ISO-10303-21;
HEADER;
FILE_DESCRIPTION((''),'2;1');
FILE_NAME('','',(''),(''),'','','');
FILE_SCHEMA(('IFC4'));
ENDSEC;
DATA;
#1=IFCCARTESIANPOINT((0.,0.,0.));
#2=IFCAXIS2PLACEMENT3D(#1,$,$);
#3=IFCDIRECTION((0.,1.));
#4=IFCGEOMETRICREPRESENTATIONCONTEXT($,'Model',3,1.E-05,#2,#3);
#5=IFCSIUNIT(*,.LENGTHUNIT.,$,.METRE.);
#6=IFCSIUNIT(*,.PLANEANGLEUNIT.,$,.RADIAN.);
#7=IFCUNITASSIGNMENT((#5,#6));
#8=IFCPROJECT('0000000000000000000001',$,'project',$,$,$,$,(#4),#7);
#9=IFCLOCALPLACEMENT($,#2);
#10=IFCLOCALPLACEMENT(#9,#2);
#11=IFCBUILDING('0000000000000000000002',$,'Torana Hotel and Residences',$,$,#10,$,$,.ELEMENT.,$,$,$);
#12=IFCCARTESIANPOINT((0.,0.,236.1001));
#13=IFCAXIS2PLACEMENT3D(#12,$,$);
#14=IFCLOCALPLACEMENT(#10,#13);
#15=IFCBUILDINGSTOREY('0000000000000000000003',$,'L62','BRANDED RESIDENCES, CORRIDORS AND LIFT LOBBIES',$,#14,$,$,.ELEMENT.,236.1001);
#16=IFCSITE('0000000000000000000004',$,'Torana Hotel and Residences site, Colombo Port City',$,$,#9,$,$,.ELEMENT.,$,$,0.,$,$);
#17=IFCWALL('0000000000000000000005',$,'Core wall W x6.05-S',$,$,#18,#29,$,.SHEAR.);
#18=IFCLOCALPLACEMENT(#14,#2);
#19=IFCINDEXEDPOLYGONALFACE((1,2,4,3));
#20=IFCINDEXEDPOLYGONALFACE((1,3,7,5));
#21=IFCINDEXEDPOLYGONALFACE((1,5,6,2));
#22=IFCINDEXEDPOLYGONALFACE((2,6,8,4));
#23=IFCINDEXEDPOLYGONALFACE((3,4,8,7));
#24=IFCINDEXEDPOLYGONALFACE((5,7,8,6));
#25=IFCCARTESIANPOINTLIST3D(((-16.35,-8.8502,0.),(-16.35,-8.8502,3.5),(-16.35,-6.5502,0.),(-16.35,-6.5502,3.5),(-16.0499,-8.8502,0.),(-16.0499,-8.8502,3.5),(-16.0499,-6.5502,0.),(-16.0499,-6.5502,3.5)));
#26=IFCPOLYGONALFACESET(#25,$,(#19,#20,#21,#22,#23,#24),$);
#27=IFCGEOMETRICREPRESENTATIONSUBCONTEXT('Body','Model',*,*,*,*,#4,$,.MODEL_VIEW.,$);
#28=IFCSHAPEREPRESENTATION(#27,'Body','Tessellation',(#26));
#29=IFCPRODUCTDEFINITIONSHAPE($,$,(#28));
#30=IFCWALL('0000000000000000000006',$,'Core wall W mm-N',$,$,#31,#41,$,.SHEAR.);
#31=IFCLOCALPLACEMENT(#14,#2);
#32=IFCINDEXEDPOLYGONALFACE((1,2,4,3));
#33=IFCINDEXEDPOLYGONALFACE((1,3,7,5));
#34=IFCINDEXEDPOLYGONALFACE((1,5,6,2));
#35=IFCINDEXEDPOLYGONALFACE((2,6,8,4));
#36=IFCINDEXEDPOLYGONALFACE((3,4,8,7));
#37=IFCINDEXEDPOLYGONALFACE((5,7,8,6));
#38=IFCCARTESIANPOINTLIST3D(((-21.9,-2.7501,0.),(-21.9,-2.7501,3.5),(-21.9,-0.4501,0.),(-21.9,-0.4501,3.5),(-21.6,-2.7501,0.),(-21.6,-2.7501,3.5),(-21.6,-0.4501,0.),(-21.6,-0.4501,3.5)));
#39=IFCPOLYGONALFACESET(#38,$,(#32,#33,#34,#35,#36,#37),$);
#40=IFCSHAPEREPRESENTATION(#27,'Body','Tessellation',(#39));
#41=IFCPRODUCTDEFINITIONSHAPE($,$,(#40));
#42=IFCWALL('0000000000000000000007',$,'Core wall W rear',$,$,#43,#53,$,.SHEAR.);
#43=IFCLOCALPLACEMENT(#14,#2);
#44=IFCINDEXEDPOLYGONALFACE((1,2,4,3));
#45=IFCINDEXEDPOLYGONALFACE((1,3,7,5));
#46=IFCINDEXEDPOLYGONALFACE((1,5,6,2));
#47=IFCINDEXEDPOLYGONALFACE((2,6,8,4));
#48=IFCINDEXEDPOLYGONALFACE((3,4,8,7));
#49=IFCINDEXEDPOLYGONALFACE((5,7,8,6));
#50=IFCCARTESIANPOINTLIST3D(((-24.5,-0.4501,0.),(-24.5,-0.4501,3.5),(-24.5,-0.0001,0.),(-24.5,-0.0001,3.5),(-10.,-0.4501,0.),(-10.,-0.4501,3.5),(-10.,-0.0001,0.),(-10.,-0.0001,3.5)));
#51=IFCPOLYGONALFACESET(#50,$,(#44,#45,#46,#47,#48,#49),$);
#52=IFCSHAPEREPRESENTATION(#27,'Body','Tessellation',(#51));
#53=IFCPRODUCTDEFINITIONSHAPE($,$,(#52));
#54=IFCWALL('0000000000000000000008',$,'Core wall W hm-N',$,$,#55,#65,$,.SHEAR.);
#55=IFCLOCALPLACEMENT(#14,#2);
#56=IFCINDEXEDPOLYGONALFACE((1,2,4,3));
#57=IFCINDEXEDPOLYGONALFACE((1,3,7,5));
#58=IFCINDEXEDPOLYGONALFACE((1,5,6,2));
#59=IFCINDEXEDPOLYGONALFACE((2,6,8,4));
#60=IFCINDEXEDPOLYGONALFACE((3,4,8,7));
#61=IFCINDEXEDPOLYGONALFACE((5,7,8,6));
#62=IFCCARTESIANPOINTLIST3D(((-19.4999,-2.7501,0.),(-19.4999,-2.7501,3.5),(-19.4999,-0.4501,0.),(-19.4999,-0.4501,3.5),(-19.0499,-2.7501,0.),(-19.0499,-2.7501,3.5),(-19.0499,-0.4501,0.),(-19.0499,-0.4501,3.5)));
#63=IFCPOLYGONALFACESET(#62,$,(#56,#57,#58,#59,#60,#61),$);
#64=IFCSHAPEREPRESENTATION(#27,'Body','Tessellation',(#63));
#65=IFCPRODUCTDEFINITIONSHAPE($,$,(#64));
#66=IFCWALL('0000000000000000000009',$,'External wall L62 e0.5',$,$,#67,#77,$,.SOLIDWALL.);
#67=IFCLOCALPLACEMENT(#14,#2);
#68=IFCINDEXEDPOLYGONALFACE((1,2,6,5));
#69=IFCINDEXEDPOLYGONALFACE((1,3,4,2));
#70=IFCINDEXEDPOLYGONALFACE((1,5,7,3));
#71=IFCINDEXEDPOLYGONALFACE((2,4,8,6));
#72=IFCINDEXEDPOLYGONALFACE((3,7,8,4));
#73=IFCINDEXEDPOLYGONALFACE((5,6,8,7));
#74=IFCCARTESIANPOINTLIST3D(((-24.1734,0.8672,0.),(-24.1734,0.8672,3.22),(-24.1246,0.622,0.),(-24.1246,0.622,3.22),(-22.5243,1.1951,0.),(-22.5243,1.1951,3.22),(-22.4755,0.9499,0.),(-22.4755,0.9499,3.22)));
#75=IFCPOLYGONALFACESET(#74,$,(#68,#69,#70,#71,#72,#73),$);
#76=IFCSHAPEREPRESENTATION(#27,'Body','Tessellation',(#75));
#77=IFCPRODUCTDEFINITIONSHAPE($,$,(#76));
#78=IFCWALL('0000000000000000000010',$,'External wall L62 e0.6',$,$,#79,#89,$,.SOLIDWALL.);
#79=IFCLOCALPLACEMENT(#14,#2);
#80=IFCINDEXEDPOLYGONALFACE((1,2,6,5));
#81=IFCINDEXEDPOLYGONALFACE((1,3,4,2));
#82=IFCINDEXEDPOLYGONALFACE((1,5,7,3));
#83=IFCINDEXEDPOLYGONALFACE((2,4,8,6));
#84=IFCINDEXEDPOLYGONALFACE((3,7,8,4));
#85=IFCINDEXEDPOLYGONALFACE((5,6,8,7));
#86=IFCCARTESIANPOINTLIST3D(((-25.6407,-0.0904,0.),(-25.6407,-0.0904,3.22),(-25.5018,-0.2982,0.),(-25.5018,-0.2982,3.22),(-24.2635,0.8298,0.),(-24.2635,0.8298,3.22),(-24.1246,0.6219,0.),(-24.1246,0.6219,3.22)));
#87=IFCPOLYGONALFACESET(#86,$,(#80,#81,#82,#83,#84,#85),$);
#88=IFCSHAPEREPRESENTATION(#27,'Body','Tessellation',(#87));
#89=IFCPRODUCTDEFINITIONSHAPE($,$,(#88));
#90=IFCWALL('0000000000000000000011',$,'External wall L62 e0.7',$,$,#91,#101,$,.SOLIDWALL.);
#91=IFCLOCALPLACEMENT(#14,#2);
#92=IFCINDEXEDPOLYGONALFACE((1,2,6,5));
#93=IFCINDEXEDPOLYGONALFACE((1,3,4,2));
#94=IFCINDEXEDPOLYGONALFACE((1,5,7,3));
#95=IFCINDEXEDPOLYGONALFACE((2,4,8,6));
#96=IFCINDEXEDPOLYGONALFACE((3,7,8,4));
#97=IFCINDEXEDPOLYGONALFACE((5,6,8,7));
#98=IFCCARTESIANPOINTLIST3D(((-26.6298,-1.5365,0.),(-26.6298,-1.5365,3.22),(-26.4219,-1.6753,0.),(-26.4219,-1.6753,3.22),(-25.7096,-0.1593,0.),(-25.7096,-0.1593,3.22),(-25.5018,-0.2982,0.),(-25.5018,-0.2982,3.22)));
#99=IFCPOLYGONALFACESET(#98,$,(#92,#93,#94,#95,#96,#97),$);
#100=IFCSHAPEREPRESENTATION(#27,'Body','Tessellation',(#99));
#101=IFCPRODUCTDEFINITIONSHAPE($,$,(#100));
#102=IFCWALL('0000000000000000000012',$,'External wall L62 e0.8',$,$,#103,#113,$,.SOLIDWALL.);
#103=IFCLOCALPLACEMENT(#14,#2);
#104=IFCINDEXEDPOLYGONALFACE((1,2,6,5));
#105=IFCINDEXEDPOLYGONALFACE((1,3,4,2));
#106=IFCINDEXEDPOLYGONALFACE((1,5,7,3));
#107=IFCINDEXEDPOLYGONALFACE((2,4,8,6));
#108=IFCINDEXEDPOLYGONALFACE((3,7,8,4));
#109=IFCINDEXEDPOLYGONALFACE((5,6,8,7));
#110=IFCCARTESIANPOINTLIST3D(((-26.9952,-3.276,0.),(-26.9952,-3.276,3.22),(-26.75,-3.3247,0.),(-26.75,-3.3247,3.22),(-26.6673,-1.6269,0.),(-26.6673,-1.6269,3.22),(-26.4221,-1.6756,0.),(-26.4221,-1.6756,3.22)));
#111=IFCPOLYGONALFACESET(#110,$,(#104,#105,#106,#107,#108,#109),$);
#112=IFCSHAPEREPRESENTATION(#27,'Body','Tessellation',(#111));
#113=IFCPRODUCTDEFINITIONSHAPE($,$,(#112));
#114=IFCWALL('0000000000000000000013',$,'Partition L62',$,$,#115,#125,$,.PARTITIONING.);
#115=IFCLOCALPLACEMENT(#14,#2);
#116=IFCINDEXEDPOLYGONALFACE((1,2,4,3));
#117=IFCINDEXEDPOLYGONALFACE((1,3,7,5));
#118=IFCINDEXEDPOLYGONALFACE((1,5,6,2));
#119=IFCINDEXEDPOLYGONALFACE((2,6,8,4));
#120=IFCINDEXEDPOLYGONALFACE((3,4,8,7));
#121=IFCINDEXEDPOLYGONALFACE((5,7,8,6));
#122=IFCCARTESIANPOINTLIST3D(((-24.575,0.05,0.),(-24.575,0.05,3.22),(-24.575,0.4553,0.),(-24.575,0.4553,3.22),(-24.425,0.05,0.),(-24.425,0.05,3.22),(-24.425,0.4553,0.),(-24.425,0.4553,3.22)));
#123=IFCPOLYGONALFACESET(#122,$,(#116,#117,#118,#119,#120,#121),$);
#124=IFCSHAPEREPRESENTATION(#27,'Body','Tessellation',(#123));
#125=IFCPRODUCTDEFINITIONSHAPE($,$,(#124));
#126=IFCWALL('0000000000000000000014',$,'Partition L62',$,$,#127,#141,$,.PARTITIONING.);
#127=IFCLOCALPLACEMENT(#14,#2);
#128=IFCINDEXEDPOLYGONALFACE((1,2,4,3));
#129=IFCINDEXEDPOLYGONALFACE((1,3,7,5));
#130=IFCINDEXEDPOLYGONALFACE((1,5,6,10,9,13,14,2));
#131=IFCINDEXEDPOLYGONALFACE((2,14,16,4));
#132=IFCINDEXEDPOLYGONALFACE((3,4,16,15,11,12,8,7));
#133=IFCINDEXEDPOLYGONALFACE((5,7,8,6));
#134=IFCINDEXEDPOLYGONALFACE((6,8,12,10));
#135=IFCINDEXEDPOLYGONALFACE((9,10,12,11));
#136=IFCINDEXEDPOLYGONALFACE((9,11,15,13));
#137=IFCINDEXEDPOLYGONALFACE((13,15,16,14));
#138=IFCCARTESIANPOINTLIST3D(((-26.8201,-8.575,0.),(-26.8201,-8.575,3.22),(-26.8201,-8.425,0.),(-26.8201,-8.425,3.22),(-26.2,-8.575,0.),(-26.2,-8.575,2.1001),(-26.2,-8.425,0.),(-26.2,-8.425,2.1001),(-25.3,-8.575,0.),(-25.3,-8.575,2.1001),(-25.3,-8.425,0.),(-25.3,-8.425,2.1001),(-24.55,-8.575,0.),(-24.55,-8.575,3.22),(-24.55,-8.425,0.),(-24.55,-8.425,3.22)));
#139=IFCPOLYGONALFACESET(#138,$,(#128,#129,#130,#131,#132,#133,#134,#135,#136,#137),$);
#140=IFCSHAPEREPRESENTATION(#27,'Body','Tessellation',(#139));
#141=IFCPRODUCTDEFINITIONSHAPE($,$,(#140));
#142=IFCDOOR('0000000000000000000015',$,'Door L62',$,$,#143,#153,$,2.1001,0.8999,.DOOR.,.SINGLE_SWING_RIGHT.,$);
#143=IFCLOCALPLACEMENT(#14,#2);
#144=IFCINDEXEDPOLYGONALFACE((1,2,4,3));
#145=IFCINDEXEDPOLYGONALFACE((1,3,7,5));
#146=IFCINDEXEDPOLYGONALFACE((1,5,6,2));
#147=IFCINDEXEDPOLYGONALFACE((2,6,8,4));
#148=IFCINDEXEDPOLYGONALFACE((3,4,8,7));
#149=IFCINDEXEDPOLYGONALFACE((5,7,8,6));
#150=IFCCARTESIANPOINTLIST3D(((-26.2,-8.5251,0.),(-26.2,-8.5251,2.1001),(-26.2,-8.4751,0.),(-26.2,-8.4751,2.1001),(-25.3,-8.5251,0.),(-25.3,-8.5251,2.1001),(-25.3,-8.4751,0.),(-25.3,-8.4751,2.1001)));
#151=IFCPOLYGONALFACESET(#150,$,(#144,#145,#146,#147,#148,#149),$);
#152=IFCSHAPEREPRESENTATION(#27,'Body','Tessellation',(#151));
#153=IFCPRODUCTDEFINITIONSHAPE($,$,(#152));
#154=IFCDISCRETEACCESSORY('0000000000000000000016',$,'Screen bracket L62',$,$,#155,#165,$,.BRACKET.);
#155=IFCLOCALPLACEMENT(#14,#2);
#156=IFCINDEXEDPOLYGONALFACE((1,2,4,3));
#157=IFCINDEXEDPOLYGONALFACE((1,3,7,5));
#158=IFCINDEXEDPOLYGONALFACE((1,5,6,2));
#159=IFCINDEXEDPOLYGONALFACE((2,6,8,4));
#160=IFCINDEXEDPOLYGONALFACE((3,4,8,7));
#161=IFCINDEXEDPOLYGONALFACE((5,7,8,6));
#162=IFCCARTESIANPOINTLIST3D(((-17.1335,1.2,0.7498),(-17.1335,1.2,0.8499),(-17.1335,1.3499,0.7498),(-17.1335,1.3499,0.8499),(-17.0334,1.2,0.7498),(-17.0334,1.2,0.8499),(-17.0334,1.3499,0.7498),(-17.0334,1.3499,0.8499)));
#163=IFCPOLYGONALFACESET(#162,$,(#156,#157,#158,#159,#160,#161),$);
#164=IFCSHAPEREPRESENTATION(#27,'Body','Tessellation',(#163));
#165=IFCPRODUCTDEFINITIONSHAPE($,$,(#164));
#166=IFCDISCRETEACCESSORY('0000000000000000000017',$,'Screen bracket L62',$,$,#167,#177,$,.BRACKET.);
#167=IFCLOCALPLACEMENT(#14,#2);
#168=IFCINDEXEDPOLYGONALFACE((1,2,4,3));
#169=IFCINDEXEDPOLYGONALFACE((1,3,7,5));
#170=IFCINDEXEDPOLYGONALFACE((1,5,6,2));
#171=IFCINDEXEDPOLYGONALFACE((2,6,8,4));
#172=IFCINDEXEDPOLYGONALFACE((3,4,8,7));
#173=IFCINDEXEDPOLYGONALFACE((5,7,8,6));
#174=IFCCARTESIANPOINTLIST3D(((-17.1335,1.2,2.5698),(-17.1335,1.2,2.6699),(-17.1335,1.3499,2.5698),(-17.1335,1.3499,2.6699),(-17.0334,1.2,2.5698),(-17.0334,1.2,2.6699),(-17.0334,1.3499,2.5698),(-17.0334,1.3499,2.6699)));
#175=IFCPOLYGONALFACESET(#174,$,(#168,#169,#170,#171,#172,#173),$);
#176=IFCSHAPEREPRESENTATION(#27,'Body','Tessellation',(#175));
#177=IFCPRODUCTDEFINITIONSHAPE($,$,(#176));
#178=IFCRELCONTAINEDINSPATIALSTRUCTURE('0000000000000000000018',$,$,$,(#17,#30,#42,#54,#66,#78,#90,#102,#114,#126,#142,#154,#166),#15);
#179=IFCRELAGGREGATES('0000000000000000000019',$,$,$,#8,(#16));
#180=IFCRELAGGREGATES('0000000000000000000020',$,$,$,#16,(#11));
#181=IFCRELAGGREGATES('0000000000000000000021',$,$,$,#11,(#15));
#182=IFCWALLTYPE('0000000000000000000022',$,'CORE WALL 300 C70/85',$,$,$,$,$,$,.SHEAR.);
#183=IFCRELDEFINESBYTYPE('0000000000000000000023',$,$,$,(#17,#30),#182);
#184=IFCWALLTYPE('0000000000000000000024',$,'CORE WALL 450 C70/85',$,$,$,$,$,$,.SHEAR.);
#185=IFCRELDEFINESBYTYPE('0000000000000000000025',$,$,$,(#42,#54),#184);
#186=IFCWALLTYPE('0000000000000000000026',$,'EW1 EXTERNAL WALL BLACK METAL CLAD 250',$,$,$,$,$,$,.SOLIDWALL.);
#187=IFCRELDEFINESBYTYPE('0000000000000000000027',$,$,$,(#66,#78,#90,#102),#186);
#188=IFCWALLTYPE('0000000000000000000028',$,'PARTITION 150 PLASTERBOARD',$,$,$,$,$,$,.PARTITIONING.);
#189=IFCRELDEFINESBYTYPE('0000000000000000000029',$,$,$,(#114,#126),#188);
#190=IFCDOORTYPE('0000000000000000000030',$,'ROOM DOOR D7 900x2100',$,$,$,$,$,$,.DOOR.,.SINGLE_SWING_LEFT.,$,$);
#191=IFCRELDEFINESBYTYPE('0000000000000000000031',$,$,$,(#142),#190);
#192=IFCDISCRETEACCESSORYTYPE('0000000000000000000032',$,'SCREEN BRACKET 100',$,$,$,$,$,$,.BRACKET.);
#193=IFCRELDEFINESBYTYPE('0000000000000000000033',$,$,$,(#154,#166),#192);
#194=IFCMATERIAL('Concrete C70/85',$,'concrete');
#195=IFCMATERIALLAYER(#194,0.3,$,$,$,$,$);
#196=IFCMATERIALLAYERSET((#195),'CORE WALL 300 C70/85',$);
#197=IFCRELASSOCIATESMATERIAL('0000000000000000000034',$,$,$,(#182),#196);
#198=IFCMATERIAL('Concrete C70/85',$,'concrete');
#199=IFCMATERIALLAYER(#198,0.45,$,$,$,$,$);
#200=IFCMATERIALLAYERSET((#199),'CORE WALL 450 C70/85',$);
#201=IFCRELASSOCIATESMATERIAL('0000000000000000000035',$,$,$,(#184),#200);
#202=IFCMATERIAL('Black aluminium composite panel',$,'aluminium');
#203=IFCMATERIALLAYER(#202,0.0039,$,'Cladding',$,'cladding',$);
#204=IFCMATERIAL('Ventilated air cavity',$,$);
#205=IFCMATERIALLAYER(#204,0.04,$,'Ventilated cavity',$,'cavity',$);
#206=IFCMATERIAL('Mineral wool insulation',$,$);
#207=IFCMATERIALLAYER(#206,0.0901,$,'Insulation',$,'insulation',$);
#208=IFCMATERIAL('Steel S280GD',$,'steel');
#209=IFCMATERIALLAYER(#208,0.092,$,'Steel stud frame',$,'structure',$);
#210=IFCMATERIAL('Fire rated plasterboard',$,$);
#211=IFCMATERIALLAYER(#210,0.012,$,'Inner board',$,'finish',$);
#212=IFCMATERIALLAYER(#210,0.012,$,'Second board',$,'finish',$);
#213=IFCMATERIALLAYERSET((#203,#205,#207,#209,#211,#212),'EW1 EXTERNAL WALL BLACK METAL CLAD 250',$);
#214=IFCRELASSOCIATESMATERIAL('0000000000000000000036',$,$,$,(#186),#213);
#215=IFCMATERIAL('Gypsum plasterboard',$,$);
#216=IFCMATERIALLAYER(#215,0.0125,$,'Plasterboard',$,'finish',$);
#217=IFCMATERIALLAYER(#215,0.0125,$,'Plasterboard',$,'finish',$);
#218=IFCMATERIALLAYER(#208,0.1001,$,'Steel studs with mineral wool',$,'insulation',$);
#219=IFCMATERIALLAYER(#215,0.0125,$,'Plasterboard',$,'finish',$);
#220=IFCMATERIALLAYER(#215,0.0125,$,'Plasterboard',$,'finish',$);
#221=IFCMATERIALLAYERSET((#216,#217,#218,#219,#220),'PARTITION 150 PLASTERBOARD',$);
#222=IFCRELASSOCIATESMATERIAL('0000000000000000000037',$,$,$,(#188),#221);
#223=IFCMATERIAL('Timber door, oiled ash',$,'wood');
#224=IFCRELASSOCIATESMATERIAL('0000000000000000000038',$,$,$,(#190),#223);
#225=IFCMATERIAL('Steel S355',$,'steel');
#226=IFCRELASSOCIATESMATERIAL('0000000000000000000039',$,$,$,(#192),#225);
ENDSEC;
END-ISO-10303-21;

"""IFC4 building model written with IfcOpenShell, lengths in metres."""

from ifc_helpers import new_model, si_unit, direction, frame, frame_2d, origin, origin_2d, place, context, subcontext, project, spatial, rectangle, extrude, material, layer, layer_set, type_object, element, fill, save


model = new_model("IFC4")

# Units and contexts
model_context = context("Model", 3, precision=1e-05, world=origin(), true_north=direction((0.0, 1.0)))
body_context = subcontext(model_context, "Body", "Model", "MODEL_VIEW")
ifc_project = project(units=[si_unit("LENGTHUNIT", "METRE"), si_unit("PLANEANGLEUNIT", "RADIAN")], contexts=[model_context])

# Site, building, storey
site_placement = place(None, origin())
site = spatial("IfcSite", under=ifc_project, at=site_placement, Name="Torana Hotel and Residences site, Colombo Port City", CompositionType="ELEMENT", RefElevation=0.0)
building_placement = place(site_placement, origin())
building = spatial("IfcBuilding", under=site, at=building_placement, Name="Torana Hotel and Residences", CompositionType="ELEMENT")
storey_placement = place(building_placement, frame((0.0, 0.0, 236.1001)))
storey = spatial("IfcBuildingStorey", under=building, at=storey_placement, Name="L62", Description="BRANDED RESIDENCES, CORRIDORS AND LIFT LOBBIES", CompositionType="ELEMENT", Elevation=236.1001)

# Shared definitions
ifc_material_1 = material(Name="Concrete C70/85", Category="concrete")
ifc_layer_1 = layer(ifc_material_1, 0.3)
ifc_layer_set_1 = layer_set([ifc_layer_1], Name="CORE WALL 300 C70/85")
wall_type_1 = type_object("IfcWallType", Name="CORE WALL 300 C70/85", PredefinedType="SHEAR", material=ifc_layer_set_1)

# Walls
for number, where, z_axis, x_axis, name in (
    (1, (-16.2, -8.8501, 0.0), (0.0, 0.0, 1.0), (0.0, 1.0, 0.0), "Core wall W x6.05-S"),
    (2, (-21.75, -2.75, 0.0), (0.0, 0.0, 1.0), (0.0, 1.0, 0.0), "Core wall W mm-N"),
):
    element("IfcWall", number, at=place(storey_placement, frame(where, z_axis=z_axis, x_axis=x_axis)), inside=storey, type_object=wall_type_1, Name=name, PredefinedType="SHEAR", context=body_context, shape_type="SweptSolid", body=[
        extrude(rectangle(XDim=2.3, YDim=0.3, at=frame_2d((1.1499, 0.0))), origin(), (0.0, 0.0, 1.0), 3.5),
    ])
ifc_material_2 = material(Name="Concrete C70/85", Category="concrete")
ifc_layer_2 = layer(ifc_material_2, 0.45)
ifc_layer_set_2 = layer_set([ifc_layer_2], Name="CORE WALL 450 C70/85")
wall_type_2 = type_object("IfcWallType", Name="CORE WALL 450 C70/85", PredefinedType="SHEAR", material=ifc_layer_set_2)
wall_1_placement = place(storey_placement, frame((-24.5, -0.2251, 0.0), z_axis=(0.0, 0.0, 1.0), x_axis=(1.0, 0.0, 0.0)))
element("IfcWall", 3, at=wall_1_placement, inside=storey, type_object=wall_type_2, Name="Core wall W rear", PredefinedType="SHEAR", context=body_context, shape_type="SweptSolid", body=[
    extrude(rectangle(XDim=14.5, YDim=0.45, at=frame_2d((7.25, 0.0))), origin(), (0.0, 0.0, 1.0), 3.5),
])
wall_2_placement = place(storey_placement, frame((-19.2749, -2.75, 0.0), z_axis=(0.0, 0.0, 1.0), x_axis=(0.0, 1.0, 0.0)))
element("IfcWall", 4, at=wall_2_placement, inside=storey, type_object=wall_type_2, Name="Core wall W hm-N", PredefinedType="SHEAR", context=body_context, shape_type="SweptSolid", body=[
    extrude(rectangle(XDim=2.3, YDim=0.45, at=frame_2d((1.1499, 0.0))), origin(), (0.0, 0.0, 1.0), 3.5),
])
ifc_material_3 = material(Name="Black aluminium composite panel", Category="aluminium")
ifc_layer_3 = layer(ifc_material_3, 0.0039, Name="Cladding", Category="cladding")
ifc_material_4 = material(Name="Ventilated air cavity")
ifc_layer_4 = layer(ifc_material_4, 0.04, Name="Ventilated cavity", Category="cavity")
ifc_material_5 = material(Name="Mineral wool insulation")
ifc_layer_5 = layer(ifc_material_5, 0.0901, Name="Insulation", Category="insulation")
ifc_material_6 = material(Name="Steel S280GD", Category="steel")
ifc_layer_6 = layer(ifc_material_6, 0.092, Name="Steel stud frame", Category="structure")
ifc_material_7 = material(Name="Fire rated plasterboard")
ifc_layer_7 = layer(ifc_material_7, 0.012, Name="Inner board", Category="finish")
ifc_layer_8 = layer(ifc_material_7, 0.012, Name="Second board", Category="finish")
ifc_layer_set_3 = layer_set([ifc_layer_3, ifc_layer_4, ifc_layer_5, ifc_layer_6, ifc_layer_7, ifc_layer_8], Name="EW1 EXTERNAL WALL BLACK METAL CLAD 250")
wall_type_3 = type_object("IfcWallType", Name="EW1 EXTERNAL WALL BLACK METAL CLAD 250", PredefinedType="SOLIDWALL", material=ifc_layer_set_3)
wall_3_placement = place(storey_placement, frame((-22.4998, 1.0725, 0.0), z_axis=(0.0, 0.0, 1.0), x_axis=(-0.980803, -0.194999, 0.0)))
element("IfcWall", 5, at=wall_3_placement, inside=storey, type_object=wall_type_3, Name="External wall L62 e0.5", PredefinedType="SOLIDWALL", context=body_context, shape_type="SweptSolid", body=[
    extrude(rectangle(XDim=1.6814, YDim=0.25, at=frame_2d((0.8408, 0.0))), origin(), (0.0, 0.0, 1.0), 3.22),
])
for number, where, z_axis, x_axis, name in (
    (6, (-24.1941, 0.7258, 0.0), (0.0, 0.0, 1.0), (-0.831483, -0.55555, 0.0), "External wall L62 e0.6"),
    (7, (-25.6057, -0.2288, 0.0), (0.0, 0.0, 1.0), (-0.55555, -0.831483, 0.0), "External wall L62 e0.7"),
):
    element("IfcWall", number, at=place(storey_placement, frame(where, z_axis=z_axis, x_axis=x_axis)), inside=storey, type_object=wall_type_3, Name=name, PredefinedType="SOLIDWALL", context=body_context, shape_type="SweptSolid", body=[
        extrude(rectangle(XDim=1.6562, YDim=0.25, at=frame_2d((0.8281, 0.0))), origin(), (0.0, 0.0, 1.0), 3.22),
    ])
wall_4_placement = place(storey_placement, frame((-26.5447, -1.6511, 0.0), z_axis=(0.0, 0.0, 1.0), x_axis=(-0.194999, -0.980803, 0.0)))
element("IfcWall", 8, at=wall_4_placement, inside=storey, type_object=wall_type_3, Name="External wall L62 e0.8", PredefinedType="SOLIDWALL", context=body_context, shape_type="SweptSolid", body=[
    extrude(rectangle(XDim=1.6814, YDim=0.25, at=frame_2d((0.8408, 0.0))), origin(), (0.0, 0.0, 1.0), 3.22),
])

# Wall
ifc_material_8 = material(Name="Gypsum plasterboard")
ifc_layer_9 = layer(ifc_material_8, 0.0125, Name="Plasterboard", Category="finish")
ifc_layer_10 = layer(ifc_material_8, 0.0125, Name="Plasterboard", Category="finish")
ifc_layer_11 = layer(ifc_material_6, 0.1001, Name="Steel studs with mineral wool", Category="insulation")
ifc_layer_12 = layer(ifc_material_8, 0.0125, Name="Plasterboard", Category="finish")
ifc_layer_13 = layer(ifc_material_8, 0.0125, Name="Plasterboard", Category="finish")
ifc_layer_set_4 = layer_set([ifc_layer_9, ifc_layer_10, ifc_layer_11, ifc_layer_12, ifc_layer_13], Name="PARTITION 150 PLASTERBOARD")
wall_type_4 = type_object("IfcWallType", Name="PARTITION 150 PLASTERBOARD", PredefinedType="PARTITIONING", material=ifc_layer_set_4)
wall_5_placement = place(storey_placement, frame((-24.5, 0.05, 0.0), z_axis=(0.0, 0.0, 1.0), x_axis=(0.0, 1.0, 0.0)))
element("IfcWall", 9, at=wall_5_placement, inside=storey, type_object=wall_type_4, Name="Partition L62", PredefinedType="PARTITIONING", context=body_context, shape_type="SweptSolid", body=[
    extrude(rectangle(XDim=0.4053, YDim=0.1499, at=frame_2d((0.2026, 0.0))), origin(), (0.0, 0.0, 1.0), 3.22),
])

# Wall, opening, door
wall_6_placement = place(storey_placement, frame((-26.8201, -8.5, 0.0), z_axis=(0.0, 0.0, 1.0), x_axis=(1.0, 0.0, 0.0)))
wall_6 = element("IfcWall", 10, at=wall_6_placement, inside=storey, type_object=wall_type_4, Name="Partition L62", PredefinedType="PARTITIONING", context=body_context, shape_type="SweptSolid", body=[
    extrude(rectangle(XDim=2.27, YDim=0.1499, at=frame_2d((1.135, 0.0))), origin(), (0.0, 0.0, 1.0), 3.22),
])
opening_1_placement = place(wall_6_placement, frame((0.6201, 0.0, 0.0)))
opening_1 = element("IfcOpeningElement", 11, at=opening_1_placement, cuts=wall_6, PredefinedType="OPENING", context=body_context, shape_type="SweptSolid", body=[
    extrude(rectangle(XDim=0.8999, YDim=2.1001, at=frame_2d((0.45, 1.05))), frame((0.0, 0.085, 0.0), z_axis=(0.0, -1.0, 0.0), x_axis=(1.0, 0.0, 0.0)), (0.0, 0.0, 1.0), 0.1699),
])
ifc_material_9 = material(Name="Timber door, oiled ash", Category="wood")
door_type_1 = type_object("IfcDoorType", Name="ROOM DOOR D7 900x2100", OperationType="SINGLE_SWING_LEFT", PredefinedType="DOOR", material=ifc_material_9)
door_1_placement = place(opening_1_placement, origin())
door_1 = element("IfcDoor", 12, at=door_1_placement, inside=storey, type_object=door_type_1, Name="Door L62", OperationType="SINGLE_SWING_RIGHT", OverallHeight=2.1001, OverallWidth=0.8999, PredefinedType="DOOR", context=body_context, shape_type="SweptSolid", body=[
    extrude(rectangle(XDim=0.8999, YDim=2.1001, at=frame_2d((0.45, 1.05))), frame((0.0, 0.0249, 0.0), z_axis=(0.0, -1.0, 0.0), x_axis=(1.0, 0.0, 0.0)), (0.0, 0.0, 1.0), 0.05),
])
fill(opening_1, door_1)

# Discrete accessories
ifc_material_10 = material(Name="Steel S355", Category="steel")
discrete_accessory_type = type_object("IfcDiscreteAccessoryType", Name="SCREEN BRACKET 100", PredefinedType="BRACKET", material=ifc_material_10)
for number, where, z_axis, x_axis, name in (
    (13, (-17.0835, 1.2749, 0.7498), (0.0, 0.0, 1.0), (-1.0, 0.0, 0.0), "Screen bracket L62"),
    (14, (-17.0835, 1.2749, 2.5698), (0.0, 0.0, 1.0), (-1.0, 0.0, 0.0), "Screen bracket L62"),
):
    element("IfcDiscreteAccessory", number, at=place(storey_placement, frame(where, z_axis=z_axis, x_axis=x_axis)), inside=storey, type_object=discrete_accessory_type, Name=name, PredefinedType="BRACKET", context=body_context, shape_type="SweptSolid", body=[
        extrude(rectangle(XDim=0.1001, YDim=0.1499, at=origin_2d()), origin(), (0.0, 0.0, 1.0), 0.1001),
    ])

save(model, "model.ifc")
